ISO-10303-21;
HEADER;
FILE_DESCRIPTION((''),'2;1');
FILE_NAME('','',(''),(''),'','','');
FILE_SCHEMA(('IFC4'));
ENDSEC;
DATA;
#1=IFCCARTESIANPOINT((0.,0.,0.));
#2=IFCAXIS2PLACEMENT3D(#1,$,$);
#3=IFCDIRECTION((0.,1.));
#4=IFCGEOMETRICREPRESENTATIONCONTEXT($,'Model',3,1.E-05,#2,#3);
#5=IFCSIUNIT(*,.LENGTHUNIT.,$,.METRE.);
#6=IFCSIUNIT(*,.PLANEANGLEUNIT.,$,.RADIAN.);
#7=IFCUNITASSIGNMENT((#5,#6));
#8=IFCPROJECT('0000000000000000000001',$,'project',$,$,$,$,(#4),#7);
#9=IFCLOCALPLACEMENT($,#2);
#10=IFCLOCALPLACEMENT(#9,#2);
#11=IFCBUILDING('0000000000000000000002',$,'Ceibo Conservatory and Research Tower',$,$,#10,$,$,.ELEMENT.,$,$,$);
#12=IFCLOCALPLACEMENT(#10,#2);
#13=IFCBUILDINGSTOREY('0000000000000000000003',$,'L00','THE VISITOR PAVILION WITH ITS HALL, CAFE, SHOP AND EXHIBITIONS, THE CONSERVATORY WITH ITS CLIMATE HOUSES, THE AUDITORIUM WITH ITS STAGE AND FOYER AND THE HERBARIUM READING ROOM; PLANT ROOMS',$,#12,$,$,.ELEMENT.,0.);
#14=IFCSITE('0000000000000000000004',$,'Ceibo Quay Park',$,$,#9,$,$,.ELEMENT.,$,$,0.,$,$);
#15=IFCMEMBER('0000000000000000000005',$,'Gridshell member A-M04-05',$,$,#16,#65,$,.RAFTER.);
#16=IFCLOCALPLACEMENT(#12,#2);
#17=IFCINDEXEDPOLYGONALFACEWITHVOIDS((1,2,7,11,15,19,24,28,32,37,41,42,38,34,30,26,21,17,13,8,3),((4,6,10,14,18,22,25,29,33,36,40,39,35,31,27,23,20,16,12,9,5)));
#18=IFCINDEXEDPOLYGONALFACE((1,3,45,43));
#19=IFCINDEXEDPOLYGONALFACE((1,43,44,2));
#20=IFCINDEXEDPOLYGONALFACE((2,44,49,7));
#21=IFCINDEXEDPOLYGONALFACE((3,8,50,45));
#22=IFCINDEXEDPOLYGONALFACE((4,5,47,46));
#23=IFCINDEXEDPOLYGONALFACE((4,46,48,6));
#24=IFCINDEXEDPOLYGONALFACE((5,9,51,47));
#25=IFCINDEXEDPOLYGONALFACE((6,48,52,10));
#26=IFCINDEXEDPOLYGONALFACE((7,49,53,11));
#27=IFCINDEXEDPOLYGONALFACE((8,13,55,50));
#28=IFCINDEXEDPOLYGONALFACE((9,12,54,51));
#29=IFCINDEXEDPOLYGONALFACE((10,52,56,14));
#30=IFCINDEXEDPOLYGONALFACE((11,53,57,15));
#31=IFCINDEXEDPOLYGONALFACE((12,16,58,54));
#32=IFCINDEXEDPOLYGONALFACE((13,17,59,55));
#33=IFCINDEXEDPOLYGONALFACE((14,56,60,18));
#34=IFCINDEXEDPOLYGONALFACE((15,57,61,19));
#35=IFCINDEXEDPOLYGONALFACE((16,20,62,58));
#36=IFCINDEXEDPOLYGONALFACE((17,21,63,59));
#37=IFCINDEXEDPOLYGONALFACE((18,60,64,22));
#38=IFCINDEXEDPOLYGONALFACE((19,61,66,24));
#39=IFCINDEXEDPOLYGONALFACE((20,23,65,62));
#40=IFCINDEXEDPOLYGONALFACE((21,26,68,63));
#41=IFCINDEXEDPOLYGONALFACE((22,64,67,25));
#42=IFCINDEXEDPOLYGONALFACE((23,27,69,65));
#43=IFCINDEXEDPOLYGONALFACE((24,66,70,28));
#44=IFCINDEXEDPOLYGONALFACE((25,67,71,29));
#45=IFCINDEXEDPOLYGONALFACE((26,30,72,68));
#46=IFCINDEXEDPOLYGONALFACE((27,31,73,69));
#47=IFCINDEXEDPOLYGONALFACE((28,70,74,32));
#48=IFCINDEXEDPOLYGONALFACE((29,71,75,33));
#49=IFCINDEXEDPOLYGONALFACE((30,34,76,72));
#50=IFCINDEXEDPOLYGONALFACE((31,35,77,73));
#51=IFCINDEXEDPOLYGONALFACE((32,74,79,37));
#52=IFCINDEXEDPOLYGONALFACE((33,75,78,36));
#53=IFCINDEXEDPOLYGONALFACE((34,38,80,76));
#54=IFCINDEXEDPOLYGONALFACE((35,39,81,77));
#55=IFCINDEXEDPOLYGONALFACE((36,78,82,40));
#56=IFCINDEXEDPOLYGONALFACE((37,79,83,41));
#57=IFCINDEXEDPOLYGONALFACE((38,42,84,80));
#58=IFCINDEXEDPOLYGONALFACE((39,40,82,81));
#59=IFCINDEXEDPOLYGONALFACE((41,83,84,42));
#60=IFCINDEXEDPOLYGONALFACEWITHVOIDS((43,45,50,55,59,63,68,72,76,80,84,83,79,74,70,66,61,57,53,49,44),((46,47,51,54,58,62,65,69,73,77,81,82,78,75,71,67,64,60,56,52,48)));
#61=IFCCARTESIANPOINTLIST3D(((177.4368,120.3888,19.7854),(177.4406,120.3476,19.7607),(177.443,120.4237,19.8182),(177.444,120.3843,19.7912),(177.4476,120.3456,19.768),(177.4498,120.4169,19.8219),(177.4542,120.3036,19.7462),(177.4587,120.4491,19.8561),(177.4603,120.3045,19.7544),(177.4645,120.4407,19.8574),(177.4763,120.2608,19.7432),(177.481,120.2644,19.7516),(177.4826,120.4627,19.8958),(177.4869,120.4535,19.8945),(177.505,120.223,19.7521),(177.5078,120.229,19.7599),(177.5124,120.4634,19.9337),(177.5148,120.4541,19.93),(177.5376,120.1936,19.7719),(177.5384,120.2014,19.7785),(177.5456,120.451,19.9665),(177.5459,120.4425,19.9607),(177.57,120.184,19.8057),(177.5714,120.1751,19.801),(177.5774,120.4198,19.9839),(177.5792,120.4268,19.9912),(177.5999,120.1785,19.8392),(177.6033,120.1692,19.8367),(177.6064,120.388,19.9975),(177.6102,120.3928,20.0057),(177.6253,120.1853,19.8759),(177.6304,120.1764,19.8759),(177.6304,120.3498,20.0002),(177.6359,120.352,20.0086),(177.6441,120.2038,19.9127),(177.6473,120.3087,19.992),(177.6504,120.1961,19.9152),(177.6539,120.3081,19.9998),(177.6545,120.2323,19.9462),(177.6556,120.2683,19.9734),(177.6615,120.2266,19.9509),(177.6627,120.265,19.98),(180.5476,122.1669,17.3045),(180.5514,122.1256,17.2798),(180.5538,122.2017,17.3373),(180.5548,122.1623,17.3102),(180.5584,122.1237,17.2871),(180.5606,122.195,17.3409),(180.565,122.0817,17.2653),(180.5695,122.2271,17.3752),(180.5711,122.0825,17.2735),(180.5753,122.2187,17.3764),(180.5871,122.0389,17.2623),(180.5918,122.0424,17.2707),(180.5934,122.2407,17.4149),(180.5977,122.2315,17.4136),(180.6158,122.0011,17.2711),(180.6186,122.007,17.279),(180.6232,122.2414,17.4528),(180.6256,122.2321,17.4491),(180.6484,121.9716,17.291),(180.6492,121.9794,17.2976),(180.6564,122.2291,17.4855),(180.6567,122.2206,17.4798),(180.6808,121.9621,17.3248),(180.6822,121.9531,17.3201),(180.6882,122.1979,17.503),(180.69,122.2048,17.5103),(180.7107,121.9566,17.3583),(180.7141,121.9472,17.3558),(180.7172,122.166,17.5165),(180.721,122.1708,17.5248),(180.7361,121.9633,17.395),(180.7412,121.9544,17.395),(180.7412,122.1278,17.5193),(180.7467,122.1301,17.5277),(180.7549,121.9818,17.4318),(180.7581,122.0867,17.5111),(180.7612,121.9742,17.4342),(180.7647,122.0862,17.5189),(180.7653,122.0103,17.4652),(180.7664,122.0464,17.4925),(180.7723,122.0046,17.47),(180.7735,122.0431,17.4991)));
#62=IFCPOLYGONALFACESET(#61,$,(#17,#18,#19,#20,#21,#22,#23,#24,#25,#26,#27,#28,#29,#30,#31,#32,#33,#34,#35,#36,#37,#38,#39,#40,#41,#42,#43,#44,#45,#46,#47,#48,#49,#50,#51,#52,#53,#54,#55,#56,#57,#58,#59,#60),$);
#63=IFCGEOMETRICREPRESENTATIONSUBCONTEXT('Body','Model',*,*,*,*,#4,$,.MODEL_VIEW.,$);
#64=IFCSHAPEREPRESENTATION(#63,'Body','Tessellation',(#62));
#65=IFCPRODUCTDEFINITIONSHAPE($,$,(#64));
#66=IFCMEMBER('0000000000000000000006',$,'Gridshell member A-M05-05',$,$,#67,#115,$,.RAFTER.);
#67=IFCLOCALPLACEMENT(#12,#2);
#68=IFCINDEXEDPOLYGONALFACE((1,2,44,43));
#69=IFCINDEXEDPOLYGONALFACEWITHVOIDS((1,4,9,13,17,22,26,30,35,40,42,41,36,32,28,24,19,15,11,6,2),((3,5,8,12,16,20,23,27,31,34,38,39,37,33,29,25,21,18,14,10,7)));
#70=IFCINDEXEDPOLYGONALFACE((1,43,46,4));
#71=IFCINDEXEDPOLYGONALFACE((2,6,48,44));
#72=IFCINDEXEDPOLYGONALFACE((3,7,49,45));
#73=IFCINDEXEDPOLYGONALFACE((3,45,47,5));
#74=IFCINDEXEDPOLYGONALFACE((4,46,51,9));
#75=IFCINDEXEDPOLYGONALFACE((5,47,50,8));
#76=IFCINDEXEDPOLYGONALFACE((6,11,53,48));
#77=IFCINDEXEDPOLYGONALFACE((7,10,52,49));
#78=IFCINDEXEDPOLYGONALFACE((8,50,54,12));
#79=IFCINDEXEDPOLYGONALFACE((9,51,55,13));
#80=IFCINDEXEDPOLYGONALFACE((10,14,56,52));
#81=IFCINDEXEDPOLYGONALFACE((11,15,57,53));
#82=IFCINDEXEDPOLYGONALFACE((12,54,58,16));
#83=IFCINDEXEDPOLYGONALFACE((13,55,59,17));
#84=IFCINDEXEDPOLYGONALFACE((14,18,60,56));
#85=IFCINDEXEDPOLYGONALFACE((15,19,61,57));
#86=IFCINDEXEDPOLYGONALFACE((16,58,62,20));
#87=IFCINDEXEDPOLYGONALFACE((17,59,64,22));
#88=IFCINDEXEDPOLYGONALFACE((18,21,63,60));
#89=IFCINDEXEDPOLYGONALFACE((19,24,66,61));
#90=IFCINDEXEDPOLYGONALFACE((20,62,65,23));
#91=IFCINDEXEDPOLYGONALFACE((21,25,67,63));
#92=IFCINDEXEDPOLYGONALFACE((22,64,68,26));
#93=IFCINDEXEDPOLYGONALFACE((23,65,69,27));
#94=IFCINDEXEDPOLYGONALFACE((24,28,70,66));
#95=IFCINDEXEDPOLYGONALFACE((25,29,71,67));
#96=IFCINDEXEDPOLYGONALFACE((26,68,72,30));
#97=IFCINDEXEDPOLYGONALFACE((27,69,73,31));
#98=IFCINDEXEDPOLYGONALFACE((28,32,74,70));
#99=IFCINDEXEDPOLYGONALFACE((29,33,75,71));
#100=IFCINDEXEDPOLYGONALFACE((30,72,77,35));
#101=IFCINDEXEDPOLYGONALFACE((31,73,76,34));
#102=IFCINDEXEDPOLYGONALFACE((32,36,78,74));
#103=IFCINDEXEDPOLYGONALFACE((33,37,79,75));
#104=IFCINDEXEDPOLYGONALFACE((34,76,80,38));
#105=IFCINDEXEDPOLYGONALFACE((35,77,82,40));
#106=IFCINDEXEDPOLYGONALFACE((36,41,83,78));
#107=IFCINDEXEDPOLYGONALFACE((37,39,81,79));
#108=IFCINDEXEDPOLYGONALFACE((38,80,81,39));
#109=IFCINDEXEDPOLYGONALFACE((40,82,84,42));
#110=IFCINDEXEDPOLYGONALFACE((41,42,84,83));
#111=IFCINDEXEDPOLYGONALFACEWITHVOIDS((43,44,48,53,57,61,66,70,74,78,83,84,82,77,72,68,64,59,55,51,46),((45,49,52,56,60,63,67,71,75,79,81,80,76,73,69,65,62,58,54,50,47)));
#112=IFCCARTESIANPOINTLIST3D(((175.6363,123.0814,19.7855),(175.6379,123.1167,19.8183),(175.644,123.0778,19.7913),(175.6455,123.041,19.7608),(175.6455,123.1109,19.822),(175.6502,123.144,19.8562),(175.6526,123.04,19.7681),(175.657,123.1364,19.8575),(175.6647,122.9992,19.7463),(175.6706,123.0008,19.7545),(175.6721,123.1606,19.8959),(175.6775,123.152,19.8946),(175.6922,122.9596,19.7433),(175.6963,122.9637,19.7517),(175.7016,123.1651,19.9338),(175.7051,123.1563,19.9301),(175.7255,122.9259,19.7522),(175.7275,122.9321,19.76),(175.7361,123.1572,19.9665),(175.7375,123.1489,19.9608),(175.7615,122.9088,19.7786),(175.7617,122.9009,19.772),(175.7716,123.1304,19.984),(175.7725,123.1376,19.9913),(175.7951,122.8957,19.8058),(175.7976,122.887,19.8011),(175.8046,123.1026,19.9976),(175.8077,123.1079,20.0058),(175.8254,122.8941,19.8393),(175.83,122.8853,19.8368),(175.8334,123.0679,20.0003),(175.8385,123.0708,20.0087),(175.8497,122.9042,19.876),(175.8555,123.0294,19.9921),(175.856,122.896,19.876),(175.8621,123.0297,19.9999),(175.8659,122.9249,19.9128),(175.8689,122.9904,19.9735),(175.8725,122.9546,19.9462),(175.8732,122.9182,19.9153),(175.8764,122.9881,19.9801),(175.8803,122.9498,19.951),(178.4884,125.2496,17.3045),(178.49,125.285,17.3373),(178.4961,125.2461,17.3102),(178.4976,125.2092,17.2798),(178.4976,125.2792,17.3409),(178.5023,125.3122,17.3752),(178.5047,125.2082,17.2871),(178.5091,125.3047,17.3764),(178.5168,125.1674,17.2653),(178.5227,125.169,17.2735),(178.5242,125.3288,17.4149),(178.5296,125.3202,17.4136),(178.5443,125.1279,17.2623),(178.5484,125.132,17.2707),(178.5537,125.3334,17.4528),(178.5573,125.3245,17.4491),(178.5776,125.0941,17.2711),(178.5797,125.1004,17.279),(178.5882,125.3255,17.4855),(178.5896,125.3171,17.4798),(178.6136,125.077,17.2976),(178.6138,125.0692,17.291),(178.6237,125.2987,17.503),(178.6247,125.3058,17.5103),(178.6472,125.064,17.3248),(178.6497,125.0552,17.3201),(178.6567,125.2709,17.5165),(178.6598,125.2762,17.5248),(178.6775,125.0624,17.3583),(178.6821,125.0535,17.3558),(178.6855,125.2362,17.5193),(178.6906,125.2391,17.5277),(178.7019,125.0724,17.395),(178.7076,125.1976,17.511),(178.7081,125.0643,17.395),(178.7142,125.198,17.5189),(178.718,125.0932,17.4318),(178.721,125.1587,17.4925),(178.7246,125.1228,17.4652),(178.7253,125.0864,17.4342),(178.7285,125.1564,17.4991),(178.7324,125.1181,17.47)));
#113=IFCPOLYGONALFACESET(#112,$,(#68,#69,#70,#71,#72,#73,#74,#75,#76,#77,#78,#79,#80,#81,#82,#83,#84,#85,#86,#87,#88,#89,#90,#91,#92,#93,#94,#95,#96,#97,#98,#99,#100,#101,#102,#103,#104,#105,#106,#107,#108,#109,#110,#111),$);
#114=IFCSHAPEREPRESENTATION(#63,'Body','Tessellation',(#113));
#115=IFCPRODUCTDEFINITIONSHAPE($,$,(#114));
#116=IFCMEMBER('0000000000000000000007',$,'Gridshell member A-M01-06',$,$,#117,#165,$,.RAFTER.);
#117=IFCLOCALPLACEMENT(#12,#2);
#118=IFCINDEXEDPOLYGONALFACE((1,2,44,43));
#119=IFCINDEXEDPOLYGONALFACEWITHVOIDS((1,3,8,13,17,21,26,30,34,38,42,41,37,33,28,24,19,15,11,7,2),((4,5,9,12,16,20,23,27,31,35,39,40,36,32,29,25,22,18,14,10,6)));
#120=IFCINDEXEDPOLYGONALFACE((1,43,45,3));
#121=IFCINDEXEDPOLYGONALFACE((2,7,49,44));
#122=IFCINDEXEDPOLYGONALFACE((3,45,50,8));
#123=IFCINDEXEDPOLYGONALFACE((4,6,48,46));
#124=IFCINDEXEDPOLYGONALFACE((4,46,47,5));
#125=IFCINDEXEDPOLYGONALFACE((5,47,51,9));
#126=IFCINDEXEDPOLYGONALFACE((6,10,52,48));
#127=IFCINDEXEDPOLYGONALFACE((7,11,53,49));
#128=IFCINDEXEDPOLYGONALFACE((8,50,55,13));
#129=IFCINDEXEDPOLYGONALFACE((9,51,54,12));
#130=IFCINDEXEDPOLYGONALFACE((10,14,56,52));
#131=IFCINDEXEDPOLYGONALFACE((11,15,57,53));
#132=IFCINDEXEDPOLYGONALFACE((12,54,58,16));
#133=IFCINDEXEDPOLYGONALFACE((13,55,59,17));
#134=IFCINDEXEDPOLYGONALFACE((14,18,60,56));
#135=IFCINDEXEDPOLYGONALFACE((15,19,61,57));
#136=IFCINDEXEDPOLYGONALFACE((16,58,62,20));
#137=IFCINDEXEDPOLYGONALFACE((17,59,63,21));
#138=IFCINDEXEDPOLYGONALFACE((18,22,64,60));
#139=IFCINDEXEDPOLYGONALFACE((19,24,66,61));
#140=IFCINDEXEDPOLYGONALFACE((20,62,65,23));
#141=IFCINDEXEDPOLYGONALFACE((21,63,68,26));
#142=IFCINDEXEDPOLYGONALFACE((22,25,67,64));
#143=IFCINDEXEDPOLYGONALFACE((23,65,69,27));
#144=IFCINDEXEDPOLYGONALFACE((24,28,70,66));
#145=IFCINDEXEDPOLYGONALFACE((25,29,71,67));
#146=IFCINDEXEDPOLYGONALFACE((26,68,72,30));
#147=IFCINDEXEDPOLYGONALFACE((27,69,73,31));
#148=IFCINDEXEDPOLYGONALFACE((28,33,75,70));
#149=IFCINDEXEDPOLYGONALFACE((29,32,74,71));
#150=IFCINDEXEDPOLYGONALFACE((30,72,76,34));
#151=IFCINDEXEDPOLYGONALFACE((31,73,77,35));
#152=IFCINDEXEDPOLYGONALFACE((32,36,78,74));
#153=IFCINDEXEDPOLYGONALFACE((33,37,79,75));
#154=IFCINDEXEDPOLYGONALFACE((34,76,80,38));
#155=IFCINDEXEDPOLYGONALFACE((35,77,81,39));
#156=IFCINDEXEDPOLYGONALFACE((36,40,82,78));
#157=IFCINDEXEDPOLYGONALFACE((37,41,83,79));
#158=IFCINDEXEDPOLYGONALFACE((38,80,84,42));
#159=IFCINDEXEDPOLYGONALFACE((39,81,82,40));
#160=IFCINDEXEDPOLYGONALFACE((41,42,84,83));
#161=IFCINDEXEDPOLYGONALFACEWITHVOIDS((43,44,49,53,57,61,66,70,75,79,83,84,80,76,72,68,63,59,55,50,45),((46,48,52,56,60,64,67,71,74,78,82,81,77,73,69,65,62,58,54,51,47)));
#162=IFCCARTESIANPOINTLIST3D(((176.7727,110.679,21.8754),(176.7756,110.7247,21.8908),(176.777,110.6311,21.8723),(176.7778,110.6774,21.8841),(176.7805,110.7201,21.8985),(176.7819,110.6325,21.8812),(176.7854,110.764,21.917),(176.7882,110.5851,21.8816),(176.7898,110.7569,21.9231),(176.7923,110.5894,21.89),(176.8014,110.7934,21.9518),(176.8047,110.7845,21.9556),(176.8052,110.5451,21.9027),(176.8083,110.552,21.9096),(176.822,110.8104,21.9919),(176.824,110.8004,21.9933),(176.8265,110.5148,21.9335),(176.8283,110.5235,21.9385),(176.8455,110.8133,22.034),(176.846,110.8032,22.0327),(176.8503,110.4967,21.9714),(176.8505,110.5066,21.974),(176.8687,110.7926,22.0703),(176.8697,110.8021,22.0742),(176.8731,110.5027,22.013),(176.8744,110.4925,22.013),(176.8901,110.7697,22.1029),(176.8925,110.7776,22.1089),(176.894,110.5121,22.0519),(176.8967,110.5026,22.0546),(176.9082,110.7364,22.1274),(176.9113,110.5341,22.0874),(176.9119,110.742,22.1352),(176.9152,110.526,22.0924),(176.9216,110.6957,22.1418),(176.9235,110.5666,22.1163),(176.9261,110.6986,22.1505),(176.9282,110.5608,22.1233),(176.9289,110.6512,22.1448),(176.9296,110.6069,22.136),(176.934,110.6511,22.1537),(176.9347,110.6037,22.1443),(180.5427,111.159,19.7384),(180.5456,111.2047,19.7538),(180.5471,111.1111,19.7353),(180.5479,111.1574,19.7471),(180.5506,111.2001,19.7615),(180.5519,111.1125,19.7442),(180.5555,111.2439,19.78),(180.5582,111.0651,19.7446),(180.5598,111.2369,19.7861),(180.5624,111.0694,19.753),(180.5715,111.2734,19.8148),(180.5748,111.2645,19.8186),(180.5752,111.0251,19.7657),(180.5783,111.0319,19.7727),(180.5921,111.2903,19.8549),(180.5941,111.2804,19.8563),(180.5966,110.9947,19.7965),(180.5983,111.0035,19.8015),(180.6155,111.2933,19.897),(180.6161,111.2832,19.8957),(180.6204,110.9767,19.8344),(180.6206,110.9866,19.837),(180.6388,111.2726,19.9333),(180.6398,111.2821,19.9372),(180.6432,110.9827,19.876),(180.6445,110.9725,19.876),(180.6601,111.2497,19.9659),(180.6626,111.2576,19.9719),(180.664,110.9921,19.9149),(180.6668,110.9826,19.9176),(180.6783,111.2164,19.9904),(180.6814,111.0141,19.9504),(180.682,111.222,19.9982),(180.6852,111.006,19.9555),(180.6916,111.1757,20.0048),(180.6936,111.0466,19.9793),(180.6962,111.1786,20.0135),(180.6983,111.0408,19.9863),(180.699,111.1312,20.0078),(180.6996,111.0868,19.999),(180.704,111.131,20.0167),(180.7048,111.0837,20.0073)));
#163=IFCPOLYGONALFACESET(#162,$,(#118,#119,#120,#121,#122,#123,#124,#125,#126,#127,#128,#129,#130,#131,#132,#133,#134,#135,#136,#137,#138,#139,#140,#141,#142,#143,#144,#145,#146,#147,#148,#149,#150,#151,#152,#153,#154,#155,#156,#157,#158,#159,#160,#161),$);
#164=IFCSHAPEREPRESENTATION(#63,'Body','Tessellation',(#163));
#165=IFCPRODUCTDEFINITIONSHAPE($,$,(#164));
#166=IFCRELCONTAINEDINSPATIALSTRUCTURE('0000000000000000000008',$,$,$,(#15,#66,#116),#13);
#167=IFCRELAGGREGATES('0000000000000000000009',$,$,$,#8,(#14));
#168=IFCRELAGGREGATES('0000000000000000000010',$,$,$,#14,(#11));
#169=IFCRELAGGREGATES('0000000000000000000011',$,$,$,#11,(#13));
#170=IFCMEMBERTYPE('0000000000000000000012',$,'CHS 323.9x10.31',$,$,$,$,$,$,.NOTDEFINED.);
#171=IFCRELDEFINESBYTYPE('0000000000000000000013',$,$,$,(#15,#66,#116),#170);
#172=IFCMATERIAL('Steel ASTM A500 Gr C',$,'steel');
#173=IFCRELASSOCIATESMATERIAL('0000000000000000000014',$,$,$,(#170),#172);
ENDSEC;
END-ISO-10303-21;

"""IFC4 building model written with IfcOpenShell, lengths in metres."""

from ifc_helpers import new_model, si_unit, direction, frame, origin, origin_2d, place, context, subcontext, project, spatial, hollow_circle, extrude, material, material_profile, profile_set, type_object, element, save


model = new_model("IFC4")

# Units and contexts
model_context = context("Model", 3, precision=1e-05, world=origin(), true_north=direction((0.0, 1.0)))
body_context = subcontext(model_context, "Body", "Model", "MODEL_VIEW")
ifc_project = project(units=[si_unit("LENGTHUNIT", "METRE"), si_unit("PLANEANGLEUNIT", "RADIAN")], contexts=[model_context])

# Site, building, storey
site_placement = place(None, origin())
site = spatial("IfcSite", under=ifc_project, at=site_placement, Name="Ceibo Quay Park", CompositionType="ELEMENT", RefElevation=0.0)
building_placement = place(site_placement, origin())
building = spatial("IfcBuilding", under=site, at=building_placement, Name="Ceibo Conservatory and Research Tower", CompositionType="ELEMENT")
storey_placement = place(building_placement, origin())
storey = spatial("IfcBuildingStorey", under=building, at=storey_placement, Name="L00", Description="THE VISITOR PAVILION WITH ITS HALL, CAFE, SHOP AND EXHIBITIONS, THE CONSERVATORY WITH ITS CLIMATE HOUSES, THE AUDITORIUM WITH ITS STAGE AND FOYER AND THE HERBARIUM READING ROOM; PLANT ROOMS", CompositionType="ELEMENT", Elevation=0.0)

# Members
ifc_material_1 = material(Name="Steel ASTM A500 Gr C", Category="steel")
ifc_material_profile_1 = material_profile(ifc_material_1, hollow_circle(Radius=0.1619, WallThickness=0.0103, at=origin_2d()), Name="CHS 323.9x10.31")
ifc_profile_set_1 = profile_set([ifc_material_profile_1], Name="Steel ASTM A500 Gr C")
member_type_1 = type_object("IfcMemberType", Name="CHS 323.9x10.31", PredefinedType="NOTDEFINED", material=ifc_profile_set_1)
member_1_placement = place(storey_placement, frame((180.6609, 122.095, 17.395), z_axis=(-0.713788, -0.407983, 0.56926), x_axis=(0.496234, -0.868189, 0.0)))
element("IfcMember", 1, at=member_1_placement, inside=storey, type_object=member_type_1, Name="Gridshell member A-M04-05", PredefinedType="RAFTER", context=body_context, shape_type="SweptSolid", body=[
    extrude(hollow_circle(Radius=0.1619, WallThickness=0.0103, at=origin_2d()), origin(), (0.0, 0.0, 1.0), 4.3582),
])
member_2_placement = place(storey_placement, frame((178.6101, 125.1931, 17.395), z_axis=(-0.654469, -0.497547, 0.569313), x_axis=(0.605199, -0.796074, 0.0)))
element("IfcMember", 2, at=member_2_placement, inside=storey, type_object=member_type_1, Name="Gridshell member A-M05-05", PredefinedType="RAFTER", context=body_context, shape_type="SweptSolid", body=[
    extrude(hollow_circle(Radius=0.1619, WallThickness=0.0103, at=origin_2d()), origin(), (0.0, 0.0, 1.0), 4.3579),
])
member_3_placement = place(storey_placement, frame((180.624, 111.1331, 19.876), z_axis=(-0.864673, -0.110086, 0.490123), x_axis=(0.126296, -0.991993, 0.0)))
element("IfcMember", 3, at=member_3_placement, inside=storey, type_object=member_type_1, Name="Gridshell member A-M01-06", PredefinedType="RAFTER", context=body_context, shape_type="SweptSolid", body=[
    extrude(hollow_circle(Radius=0.1619, WallThickness=0.0103, at=origin_2d()), origin(), (0.0, 0.0, 1.0), 4.3601),
])

save(model, "model.ifc")
